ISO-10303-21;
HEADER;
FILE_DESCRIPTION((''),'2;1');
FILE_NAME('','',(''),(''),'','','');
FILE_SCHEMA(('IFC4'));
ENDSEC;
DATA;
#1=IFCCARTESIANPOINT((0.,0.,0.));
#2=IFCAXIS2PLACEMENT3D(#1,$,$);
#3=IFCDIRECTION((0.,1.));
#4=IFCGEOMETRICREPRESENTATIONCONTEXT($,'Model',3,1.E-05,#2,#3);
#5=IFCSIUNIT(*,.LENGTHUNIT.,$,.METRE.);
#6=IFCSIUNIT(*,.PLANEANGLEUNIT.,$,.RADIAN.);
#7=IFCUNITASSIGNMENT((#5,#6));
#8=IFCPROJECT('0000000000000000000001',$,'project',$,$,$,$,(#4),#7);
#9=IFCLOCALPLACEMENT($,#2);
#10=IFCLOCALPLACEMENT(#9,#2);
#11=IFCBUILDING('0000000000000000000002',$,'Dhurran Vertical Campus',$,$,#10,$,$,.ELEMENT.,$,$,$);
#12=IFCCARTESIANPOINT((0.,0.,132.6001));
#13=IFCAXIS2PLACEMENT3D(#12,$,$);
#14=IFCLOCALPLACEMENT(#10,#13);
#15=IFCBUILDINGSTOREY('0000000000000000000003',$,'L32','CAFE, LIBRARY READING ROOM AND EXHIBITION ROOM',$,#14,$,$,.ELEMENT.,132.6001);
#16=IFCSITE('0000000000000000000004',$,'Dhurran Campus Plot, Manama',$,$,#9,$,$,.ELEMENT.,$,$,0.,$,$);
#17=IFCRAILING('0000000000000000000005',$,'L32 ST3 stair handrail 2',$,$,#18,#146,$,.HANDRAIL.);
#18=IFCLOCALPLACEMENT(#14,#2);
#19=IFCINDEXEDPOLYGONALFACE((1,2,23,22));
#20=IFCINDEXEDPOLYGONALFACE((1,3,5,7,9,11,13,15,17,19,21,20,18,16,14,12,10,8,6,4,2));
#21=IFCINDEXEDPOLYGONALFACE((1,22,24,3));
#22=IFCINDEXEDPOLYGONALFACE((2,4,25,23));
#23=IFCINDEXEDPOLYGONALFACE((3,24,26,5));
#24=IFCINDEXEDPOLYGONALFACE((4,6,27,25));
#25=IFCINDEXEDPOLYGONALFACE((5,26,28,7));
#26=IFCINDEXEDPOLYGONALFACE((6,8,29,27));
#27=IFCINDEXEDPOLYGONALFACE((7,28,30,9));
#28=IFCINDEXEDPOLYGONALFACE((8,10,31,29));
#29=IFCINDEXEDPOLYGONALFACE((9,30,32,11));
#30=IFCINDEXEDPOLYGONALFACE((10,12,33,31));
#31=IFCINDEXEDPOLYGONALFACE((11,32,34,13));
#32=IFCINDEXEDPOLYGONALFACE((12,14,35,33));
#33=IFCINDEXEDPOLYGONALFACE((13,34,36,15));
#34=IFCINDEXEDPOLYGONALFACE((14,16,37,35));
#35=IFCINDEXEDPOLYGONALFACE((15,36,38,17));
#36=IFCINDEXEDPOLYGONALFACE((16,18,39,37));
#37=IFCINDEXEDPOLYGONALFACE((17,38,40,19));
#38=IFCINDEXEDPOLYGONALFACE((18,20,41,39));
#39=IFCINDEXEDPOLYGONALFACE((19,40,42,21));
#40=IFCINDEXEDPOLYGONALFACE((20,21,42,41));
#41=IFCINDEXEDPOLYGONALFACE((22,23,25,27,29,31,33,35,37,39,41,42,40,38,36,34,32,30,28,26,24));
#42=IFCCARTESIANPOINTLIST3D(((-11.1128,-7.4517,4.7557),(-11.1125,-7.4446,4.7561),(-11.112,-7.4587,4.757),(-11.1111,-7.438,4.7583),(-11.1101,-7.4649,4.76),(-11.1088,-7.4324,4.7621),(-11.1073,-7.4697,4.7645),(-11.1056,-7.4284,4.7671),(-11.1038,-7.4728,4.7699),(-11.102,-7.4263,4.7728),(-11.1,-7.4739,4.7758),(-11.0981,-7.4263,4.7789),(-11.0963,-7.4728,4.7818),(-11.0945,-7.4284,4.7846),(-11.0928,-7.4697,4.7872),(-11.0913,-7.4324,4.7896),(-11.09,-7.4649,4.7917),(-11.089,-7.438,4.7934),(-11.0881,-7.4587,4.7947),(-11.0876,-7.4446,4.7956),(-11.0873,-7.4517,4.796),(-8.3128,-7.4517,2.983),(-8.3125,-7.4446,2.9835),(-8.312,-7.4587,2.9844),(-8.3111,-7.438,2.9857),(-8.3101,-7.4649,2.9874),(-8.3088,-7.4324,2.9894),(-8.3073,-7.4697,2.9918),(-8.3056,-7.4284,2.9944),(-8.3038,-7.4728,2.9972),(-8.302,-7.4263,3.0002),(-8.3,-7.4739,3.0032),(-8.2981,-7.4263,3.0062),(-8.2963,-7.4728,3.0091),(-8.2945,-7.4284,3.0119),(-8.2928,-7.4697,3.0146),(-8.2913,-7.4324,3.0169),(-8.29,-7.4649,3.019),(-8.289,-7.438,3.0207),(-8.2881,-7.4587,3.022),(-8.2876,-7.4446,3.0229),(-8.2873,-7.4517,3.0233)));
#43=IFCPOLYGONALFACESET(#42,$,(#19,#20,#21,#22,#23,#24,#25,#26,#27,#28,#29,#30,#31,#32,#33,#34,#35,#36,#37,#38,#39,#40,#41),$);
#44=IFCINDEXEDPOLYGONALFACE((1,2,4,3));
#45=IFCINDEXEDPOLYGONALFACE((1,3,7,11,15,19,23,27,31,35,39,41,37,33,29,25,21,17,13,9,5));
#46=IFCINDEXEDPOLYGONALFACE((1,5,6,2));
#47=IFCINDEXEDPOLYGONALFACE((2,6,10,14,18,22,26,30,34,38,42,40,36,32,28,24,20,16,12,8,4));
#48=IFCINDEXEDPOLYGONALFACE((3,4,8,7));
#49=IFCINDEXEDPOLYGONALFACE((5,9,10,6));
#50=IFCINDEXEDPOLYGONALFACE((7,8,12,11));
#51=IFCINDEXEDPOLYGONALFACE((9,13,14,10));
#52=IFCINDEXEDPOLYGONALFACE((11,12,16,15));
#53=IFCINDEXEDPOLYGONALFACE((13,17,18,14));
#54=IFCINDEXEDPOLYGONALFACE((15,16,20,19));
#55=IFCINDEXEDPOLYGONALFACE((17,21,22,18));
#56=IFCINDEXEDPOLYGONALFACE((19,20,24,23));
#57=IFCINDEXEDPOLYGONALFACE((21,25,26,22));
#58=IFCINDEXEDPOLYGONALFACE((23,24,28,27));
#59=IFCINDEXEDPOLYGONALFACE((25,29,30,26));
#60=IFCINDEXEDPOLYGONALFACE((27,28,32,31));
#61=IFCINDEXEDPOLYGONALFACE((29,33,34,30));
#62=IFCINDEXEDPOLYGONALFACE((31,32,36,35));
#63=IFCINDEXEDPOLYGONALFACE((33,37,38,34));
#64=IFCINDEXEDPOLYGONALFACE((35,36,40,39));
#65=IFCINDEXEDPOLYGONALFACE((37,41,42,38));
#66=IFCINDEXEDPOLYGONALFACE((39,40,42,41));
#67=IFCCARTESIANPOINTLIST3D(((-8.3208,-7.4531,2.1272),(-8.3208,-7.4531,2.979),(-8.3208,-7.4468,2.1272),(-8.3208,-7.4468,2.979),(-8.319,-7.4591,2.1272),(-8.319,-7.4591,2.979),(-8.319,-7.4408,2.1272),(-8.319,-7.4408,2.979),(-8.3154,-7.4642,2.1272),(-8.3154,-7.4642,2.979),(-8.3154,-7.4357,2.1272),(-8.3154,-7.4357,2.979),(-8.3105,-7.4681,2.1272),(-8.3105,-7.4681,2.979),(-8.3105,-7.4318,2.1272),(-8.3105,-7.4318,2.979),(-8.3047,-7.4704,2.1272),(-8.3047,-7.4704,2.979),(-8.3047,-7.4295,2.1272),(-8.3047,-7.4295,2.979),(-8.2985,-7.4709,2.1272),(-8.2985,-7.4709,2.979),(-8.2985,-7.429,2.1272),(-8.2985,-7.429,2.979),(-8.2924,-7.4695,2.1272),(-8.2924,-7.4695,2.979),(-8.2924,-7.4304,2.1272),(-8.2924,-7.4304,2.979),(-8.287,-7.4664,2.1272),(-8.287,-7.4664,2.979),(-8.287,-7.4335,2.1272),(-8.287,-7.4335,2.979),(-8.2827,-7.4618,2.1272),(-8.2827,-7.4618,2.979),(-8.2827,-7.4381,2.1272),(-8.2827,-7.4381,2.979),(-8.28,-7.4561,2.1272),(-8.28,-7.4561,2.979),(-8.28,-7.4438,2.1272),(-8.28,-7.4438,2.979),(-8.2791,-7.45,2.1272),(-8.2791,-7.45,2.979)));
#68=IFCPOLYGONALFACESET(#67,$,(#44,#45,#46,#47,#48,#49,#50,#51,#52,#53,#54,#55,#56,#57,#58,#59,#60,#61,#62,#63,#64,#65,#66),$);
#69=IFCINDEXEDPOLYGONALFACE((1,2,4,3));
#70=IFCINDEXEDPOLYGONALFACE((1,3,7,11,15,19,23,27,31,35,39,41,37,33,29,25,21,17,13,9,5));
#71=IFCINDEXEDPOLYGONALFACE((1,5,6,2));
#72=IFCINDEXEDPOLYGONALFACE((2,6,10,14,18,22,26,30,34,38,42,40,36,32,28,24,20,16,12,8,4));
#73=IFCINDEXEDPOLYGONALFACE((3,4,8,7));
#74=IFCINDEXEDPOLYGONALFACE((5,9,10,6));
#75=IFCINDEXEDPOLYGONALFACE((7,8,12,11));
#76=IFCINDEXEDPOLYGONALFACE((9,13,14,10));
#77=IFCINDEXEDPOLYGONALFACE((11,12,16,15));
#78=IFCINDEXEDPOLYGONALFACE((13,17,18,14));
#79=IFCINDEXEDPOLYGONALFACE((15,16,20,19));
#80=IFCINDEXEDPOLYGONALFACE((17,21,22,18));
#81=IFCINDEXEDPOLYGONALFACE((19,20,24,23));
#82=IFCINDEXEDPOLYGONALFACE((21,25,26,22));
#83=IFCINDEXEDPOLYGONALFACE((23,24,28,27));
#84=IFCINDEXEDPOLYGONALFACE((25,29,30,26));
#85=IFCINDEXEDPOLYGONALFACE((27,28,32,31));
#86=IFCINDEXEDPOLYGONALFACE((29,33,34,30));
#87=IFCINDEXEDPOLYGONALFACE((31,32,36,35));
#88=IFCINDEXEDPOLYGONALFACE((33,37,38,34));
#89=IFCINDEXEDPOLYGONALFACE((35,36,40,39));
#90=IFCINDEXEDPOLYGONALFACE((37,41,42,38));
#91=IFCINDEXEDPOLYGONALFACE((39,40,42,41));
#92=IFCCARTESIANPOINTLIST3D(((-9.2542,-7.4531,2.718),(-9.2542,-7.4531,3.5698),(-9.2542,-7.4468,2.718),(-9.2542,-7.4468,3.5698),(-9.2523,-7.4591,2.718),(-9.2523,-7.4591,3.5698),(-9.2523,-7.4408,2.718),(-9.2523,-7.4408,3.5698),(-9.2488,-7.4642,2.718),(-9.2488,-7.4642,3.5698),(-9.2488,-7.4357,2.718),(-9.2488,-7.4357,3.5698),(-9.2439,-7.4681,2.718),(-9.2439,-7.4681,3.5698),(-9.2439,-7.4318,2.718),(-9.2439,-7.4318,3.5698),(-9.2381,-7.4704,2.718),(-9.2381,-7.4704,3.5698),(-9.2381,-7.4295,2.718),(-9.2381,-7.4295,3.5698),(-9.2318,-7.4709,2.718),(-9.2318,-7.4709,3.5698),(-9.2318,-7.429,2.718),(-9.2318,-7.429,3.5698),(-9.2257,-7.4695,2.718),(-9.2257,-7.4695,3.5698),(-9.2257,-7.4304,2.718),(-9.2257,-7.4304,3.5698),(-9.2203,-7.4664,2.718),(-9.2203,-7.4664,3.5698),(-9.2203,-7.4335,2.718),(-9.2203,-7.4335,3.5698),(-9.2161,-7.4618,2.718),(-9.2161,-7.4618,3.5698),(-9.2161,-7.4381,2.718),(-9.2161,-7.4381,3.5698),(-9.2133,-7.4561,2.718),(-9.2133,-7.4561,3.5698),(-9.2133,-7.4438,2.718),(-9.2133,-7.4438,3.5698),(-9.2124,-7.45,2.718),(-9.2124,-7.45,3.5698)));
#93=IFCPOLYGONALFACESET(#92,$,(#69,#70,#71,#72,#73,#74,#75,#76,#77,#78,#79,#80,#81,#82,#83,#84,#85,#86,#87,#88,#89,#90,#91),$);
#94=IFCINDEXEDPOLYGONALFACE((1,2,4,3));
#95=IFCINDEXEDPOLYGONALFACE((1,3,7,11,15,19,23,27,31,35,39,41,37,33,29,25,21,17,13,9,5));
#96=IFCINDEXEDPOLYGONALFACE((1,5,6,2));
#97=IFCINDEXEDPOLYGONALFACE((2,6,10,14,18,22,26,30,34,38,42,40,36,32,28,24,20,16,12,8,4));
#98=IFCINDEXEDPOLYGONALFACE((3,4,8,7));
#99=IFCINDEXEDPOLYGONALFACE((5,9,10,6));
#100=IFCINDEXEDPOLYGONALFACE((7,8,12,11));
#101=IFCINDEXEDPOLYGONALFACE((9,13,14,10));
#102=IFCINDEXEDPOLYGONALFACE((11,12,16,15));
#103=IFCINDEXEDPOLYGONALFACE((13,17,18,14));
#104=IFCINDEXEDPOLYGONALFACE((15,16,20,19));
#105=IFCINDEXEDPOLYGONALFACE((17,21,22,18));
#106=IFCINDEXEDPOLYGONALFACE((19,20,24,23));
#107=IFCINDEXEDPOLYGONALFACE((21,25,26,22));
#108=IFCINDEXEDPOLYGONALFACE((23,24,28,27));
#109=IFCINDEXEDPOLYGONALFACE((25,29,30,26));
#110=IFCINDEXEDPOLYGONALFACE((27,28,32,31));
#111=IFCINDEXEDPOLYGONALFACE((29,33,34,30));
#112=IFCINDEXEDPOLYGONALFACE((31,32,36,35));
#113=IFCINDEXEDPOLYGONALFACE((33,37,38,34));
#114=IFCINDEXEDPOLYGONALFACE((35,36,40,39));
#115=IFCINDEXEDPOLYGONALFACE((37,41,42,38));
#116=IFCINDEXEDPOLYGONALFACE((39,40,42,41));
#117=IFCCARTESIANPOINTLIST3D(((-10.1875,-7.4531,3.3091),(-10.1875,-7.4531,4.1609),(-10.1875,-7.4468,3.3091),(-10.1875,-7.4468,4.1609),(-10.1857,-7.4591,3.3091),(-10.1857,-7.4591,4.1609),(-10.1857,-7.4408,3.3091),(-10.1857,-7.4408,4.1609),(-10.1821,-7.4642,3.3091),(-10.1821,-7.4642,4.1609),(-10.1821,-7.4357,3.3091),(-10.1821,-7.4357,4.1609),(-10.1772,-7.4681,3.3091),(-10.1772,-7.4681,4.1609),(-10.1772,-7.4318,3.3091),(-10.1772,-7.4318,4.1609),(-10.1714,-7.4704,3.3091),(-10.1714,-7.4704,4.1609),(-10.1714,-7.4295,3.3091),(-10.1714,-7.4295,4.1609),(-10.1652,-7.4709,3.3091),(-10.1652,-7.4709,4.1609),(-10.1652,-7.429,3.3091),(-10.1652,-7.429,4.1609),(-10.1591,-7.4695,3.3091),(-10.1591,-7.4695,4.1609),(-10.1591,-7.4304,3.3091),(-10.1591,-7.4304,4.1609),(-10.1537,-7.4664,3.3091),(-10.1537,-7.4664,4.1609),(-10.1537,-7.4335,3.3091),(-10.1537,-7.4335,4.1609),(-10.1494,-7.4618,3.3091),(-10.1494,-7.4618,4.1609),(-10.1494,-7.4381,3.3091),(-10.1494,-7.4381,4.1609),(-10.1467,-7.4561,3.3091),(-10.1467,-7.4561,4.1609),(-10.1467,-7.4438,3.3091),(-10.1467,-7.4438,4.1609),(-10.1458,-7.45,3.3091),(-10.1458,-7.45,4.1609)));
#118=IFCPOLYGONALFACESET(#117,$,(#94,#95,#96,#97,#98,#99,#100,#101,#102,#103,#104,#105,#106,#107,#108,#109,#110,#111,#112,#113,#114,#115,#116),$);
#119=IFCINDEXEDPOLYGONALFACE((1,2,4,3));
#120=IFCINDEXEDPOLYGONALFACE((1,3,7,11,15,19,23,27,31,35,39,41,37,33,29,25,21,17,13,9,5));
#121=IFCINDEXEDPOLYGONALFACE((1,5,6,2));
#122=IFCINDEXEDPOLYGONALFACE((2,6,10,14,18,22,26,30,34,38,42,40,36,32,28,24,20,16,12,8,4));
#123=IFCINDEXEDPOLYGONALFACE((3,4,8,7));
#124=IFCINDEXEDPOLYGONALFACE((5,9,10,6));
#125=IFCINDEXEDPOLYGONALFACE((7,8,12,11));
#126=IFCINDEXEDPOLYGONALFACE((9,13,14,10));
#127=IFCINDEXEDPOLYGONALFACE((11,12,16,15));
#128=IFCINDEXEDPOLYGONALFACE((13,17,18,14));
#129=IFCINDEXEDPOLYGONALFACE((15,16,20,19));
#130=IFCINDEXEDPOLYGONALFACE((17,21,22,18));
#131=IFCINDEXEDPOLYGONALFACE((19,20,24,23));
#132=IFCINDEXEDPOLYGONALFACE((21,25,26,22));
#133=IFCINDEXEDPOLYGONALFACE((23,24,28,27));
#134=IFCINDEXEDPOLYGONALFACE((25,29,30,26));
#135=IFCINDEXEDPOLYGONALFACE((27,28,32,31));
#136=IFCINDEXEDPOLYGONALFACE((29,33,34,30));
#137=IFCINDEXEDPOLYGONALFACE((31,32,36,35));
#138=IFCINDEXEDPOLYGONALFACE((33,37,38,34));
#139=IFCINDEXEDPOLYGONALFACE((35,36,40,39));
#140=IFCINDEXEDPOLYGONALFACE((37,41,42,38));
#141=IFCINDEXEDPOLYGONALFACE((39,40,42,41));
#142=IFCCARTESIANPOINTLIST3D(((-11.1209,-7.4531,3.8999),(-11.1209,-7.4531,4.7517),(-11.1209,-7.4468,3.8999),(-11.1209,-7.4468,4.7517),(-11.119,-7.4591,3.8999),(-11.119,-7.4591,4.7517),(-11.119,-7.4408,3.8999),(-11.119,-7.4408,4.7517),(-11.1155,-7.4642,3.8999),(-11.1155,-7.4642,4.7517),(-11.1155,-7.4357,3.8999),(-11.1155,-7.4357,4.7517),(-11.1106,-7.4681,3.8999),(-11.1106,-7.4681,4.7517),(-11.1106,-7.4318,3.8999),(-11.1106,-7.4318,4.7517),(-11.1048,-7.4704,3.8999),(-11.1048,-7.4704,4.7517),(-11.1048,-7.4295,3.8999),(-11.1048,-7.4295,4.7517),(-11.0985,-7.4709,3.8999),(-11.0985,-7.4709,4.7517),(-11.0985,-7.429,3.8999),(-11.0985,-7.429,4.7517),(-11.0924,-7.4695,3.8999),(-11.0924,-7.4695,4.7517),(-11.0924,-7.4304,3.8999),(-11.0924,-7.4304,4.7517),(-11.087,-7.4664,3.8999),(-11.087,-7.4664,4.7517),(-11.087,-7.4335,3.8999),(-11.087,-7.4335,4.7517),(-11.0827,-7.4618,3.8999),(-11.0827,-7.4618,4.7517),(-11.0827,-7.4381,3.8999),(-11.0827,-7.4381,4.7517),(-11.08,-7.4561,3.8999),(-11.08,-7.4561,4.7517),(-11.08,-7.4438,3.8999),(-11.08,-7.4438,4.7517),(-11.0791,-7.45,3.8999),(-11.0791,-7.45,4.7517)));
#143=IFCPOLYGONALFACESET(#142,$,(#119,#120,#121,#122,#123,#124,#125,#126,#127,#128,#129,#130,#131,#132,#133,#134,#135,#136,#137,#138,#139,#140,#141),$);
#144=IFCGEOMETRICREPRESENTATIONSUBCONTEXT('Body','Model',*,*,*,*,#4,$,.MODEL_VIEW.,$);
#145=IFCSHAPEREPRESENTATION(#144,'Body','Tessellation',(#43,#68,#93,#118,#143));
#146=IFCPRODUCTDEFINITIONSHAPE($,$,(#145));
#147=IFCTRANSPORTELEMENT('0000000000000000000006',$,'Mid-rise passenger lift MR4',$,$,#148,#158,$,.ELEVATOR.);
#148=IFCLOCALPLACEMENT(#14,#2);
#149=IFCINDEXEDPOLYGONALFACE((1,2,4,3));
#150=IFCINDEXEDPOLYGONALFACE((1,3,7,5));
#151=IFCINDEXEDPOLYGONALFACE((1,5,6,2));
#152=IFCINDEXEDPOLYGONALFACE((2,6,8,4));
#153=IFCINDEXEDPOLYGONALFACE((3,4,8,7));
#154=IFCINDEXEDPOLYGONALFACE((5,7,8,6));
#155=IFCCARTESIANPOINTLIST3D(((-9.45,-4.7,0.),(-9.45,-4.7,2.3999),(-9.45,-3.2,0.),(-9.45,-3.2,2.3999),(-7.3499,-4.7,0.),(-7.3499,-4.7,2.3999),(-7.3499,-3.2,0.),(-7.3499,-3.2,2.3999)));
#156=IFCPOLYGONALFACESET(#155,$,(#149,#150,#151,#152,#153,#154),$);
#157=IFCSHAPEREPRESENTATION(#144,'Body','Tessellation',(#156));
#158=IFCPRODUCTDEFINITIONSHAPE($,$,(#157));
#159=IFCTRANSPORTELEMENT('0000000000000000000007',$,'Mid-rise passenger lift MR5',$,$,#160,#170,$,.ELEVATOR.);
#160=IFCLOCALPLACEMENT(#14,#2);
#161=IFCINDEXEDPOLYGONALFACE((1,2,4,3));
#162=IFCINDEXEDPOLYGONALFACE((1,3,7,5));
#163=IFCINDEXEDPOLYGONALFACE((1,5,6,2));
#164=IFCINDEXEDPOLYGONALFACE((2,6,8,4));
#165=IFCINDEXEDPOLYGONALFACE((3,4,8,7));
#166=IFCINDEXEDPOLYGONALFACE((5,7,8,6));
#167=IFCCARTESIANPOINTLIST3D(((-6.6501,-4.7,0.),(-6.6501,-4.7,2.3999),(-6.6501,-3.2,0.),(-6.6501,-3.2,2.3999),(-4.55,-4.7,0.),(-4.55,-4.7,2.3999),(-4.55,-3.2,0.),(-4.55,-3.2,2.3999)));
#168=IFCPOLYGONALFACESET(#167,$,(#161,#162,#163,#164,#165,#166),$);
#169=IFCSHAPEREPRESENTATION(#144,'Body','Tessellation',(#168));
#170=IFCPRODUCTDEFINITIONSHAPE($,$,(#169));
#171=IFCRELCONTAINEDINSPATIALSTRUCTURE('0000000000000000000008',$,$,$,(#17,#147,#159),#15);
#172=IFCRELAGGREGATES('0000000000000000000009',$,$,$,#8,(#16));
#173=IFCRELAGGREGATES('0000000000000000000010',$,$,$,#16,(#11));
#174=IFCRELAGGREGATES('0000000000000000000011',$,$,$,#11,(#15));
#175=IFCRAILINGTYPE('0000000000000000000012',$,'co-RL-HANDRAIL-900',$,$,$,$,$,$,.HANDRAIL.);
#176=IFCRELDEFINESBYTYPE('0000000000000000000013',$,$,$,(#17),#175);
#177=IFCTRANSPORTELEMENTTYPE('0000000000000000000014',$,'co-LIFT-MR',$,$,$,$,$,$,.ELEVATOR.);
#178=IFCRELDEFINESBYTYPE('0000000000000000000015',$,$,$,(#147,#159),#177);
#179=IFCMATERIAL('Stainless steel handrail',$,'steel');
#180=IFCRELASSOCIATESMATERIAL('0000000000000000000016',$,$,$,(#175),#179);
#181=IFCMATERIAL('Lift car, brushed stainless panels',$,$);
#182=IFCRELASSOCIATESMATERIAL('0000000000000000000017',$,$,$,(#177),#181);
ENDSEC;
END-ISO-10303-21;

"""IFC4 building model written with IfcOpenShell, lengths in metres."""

from ifc_helpers import new_model, si_unit, direction, frame, origin, origin_2d, place, context, subcontext, project, spatial, rectangle, circle, extrude, material, type_object, element, save


model = new_model("IFC4")

# Units and contexts
model_context = context("Model", 3, precision=1e-05, world=origin(), true_north=direction((0.0, 1.0)))
body_context = subcontext(model_context, "Body", "Model", "MODEL_VIEW")
ifc_project = project(units=[si_unit("LENGTHUNIT", "METRE"), si_unit("PLANEANGLEUNIT", "RADIAN")], contexts=[model_context])

# Site, building, storey
site_placement = place(None, origin())
site = spatial("IfcSite", under=ifc_project, at=site_placement, Name="Dhurran Campus Plot, Manama", CompositionType="ELEMENT", RefElevation=0.0)
building_placement = place(site_placement, origin())
building = spatial("IfcBuilding", under=site, at=building_placement, Name="Dhurran Vertical Campus", CompositionType="ELEMENT")
storey_placement = place(building_placement, frame((0.0, 0.0, 132.6001)))
storey = spatial("IfcBuildingStorey", under=building, at=storey_placement, Name="L32", Description="CAFE, LIBRARY READING ROOM AND EXHIBITION ROOM", CompositionType="ELEMENT", Elevation=132.6001)

# Railing
ifc_material_1 = material(Name="Stainless steel handrail", Category="steel")
railing_type_1 = type_object("IfcRailingType", Name="co-RL-HANDRAIL-900", PredefinedType="HANDRAIL", material=ifc_material_1)
railing_1_placement = place(storey_placement, frame((-8.3, -7.45, 2.1272)))
element("IfcRailing", 1, at=railing_1_placement, inside=storey, type_object=railing_type_1, Name="L32 ST3 stair handrail 2", PredefinedType="HANDRAIL", context=body_context, shape_type="SweptSolid", body=[
    extrude(circle(Radius=0.0239, at=origin_2d()), frame((0.0, 0.0, 0.876), z_axis=(-0.844909, 0.0, 0.53491), x_axis=(0.0, -1.0, 0.0)), (0.0, 0.0, 1.0), 3.314),
    extrude(circle(Radius=0.021, at=origin_2d()), origin(), (0.0, 0.0, 1.0), 0.8518),
    extrude(circle(Radius=0.021, at=origin_2d()), frame((-0.9333, 0.0, 0.5908)), (0.0, 0.0, 1.0), 0.8518),
    extrude(circle(Radius=0.021, at=origin_2d()), frame((-1.8667, 0.0, 1.1819)), (0.0, 0.0, 1.0), 0.8518),
    extrude(circle(Radius=0.021, at=origin_2d()), frame((-2.8, 0.0, 1.7727)), (0.0, 0.0, 1.0), 0.8518),
])

# Transport elements
ifc_material_2 = material(Name="Lift car, brushed stainless panels")
transport_element_type = type_object("IfcTransportElementType", Name="co-LIFT-MR", PredefinedType="ELEVATOR", material=ifc_material_2)
for number, where, z_axis, x_axis, name in (
    (2, (-8.3999, -3.95, 0.0), (0.0, 0.0, 1.0), (1.0, 0.0, 0.0), "Mid-rise passenger lift MR4"),
    (3, (-5.6001, -3.95, 0.0), (0.0, 0.0, 1.0), (1.0, 0.0, 0.0), "Mid-rise passenger lift MR5"),
):
    element("IfcTransportElement", number, at=place(storey_placement, frame(where, z_axis=z_axis, x_axis=x_axis)), inside=storey, type_object=transport_element_type, Name=name, PredefinedType="ELEVATOR", context=body_context, shape_type="SweptSolid", body=[
        extrude(rectangle(XDim=2.1001, YDim=1.5, at=origin_2d()), origin(), (0.0, 0.0, 1.0), 2.3999),
    ])

save(model, "model.ifc")
